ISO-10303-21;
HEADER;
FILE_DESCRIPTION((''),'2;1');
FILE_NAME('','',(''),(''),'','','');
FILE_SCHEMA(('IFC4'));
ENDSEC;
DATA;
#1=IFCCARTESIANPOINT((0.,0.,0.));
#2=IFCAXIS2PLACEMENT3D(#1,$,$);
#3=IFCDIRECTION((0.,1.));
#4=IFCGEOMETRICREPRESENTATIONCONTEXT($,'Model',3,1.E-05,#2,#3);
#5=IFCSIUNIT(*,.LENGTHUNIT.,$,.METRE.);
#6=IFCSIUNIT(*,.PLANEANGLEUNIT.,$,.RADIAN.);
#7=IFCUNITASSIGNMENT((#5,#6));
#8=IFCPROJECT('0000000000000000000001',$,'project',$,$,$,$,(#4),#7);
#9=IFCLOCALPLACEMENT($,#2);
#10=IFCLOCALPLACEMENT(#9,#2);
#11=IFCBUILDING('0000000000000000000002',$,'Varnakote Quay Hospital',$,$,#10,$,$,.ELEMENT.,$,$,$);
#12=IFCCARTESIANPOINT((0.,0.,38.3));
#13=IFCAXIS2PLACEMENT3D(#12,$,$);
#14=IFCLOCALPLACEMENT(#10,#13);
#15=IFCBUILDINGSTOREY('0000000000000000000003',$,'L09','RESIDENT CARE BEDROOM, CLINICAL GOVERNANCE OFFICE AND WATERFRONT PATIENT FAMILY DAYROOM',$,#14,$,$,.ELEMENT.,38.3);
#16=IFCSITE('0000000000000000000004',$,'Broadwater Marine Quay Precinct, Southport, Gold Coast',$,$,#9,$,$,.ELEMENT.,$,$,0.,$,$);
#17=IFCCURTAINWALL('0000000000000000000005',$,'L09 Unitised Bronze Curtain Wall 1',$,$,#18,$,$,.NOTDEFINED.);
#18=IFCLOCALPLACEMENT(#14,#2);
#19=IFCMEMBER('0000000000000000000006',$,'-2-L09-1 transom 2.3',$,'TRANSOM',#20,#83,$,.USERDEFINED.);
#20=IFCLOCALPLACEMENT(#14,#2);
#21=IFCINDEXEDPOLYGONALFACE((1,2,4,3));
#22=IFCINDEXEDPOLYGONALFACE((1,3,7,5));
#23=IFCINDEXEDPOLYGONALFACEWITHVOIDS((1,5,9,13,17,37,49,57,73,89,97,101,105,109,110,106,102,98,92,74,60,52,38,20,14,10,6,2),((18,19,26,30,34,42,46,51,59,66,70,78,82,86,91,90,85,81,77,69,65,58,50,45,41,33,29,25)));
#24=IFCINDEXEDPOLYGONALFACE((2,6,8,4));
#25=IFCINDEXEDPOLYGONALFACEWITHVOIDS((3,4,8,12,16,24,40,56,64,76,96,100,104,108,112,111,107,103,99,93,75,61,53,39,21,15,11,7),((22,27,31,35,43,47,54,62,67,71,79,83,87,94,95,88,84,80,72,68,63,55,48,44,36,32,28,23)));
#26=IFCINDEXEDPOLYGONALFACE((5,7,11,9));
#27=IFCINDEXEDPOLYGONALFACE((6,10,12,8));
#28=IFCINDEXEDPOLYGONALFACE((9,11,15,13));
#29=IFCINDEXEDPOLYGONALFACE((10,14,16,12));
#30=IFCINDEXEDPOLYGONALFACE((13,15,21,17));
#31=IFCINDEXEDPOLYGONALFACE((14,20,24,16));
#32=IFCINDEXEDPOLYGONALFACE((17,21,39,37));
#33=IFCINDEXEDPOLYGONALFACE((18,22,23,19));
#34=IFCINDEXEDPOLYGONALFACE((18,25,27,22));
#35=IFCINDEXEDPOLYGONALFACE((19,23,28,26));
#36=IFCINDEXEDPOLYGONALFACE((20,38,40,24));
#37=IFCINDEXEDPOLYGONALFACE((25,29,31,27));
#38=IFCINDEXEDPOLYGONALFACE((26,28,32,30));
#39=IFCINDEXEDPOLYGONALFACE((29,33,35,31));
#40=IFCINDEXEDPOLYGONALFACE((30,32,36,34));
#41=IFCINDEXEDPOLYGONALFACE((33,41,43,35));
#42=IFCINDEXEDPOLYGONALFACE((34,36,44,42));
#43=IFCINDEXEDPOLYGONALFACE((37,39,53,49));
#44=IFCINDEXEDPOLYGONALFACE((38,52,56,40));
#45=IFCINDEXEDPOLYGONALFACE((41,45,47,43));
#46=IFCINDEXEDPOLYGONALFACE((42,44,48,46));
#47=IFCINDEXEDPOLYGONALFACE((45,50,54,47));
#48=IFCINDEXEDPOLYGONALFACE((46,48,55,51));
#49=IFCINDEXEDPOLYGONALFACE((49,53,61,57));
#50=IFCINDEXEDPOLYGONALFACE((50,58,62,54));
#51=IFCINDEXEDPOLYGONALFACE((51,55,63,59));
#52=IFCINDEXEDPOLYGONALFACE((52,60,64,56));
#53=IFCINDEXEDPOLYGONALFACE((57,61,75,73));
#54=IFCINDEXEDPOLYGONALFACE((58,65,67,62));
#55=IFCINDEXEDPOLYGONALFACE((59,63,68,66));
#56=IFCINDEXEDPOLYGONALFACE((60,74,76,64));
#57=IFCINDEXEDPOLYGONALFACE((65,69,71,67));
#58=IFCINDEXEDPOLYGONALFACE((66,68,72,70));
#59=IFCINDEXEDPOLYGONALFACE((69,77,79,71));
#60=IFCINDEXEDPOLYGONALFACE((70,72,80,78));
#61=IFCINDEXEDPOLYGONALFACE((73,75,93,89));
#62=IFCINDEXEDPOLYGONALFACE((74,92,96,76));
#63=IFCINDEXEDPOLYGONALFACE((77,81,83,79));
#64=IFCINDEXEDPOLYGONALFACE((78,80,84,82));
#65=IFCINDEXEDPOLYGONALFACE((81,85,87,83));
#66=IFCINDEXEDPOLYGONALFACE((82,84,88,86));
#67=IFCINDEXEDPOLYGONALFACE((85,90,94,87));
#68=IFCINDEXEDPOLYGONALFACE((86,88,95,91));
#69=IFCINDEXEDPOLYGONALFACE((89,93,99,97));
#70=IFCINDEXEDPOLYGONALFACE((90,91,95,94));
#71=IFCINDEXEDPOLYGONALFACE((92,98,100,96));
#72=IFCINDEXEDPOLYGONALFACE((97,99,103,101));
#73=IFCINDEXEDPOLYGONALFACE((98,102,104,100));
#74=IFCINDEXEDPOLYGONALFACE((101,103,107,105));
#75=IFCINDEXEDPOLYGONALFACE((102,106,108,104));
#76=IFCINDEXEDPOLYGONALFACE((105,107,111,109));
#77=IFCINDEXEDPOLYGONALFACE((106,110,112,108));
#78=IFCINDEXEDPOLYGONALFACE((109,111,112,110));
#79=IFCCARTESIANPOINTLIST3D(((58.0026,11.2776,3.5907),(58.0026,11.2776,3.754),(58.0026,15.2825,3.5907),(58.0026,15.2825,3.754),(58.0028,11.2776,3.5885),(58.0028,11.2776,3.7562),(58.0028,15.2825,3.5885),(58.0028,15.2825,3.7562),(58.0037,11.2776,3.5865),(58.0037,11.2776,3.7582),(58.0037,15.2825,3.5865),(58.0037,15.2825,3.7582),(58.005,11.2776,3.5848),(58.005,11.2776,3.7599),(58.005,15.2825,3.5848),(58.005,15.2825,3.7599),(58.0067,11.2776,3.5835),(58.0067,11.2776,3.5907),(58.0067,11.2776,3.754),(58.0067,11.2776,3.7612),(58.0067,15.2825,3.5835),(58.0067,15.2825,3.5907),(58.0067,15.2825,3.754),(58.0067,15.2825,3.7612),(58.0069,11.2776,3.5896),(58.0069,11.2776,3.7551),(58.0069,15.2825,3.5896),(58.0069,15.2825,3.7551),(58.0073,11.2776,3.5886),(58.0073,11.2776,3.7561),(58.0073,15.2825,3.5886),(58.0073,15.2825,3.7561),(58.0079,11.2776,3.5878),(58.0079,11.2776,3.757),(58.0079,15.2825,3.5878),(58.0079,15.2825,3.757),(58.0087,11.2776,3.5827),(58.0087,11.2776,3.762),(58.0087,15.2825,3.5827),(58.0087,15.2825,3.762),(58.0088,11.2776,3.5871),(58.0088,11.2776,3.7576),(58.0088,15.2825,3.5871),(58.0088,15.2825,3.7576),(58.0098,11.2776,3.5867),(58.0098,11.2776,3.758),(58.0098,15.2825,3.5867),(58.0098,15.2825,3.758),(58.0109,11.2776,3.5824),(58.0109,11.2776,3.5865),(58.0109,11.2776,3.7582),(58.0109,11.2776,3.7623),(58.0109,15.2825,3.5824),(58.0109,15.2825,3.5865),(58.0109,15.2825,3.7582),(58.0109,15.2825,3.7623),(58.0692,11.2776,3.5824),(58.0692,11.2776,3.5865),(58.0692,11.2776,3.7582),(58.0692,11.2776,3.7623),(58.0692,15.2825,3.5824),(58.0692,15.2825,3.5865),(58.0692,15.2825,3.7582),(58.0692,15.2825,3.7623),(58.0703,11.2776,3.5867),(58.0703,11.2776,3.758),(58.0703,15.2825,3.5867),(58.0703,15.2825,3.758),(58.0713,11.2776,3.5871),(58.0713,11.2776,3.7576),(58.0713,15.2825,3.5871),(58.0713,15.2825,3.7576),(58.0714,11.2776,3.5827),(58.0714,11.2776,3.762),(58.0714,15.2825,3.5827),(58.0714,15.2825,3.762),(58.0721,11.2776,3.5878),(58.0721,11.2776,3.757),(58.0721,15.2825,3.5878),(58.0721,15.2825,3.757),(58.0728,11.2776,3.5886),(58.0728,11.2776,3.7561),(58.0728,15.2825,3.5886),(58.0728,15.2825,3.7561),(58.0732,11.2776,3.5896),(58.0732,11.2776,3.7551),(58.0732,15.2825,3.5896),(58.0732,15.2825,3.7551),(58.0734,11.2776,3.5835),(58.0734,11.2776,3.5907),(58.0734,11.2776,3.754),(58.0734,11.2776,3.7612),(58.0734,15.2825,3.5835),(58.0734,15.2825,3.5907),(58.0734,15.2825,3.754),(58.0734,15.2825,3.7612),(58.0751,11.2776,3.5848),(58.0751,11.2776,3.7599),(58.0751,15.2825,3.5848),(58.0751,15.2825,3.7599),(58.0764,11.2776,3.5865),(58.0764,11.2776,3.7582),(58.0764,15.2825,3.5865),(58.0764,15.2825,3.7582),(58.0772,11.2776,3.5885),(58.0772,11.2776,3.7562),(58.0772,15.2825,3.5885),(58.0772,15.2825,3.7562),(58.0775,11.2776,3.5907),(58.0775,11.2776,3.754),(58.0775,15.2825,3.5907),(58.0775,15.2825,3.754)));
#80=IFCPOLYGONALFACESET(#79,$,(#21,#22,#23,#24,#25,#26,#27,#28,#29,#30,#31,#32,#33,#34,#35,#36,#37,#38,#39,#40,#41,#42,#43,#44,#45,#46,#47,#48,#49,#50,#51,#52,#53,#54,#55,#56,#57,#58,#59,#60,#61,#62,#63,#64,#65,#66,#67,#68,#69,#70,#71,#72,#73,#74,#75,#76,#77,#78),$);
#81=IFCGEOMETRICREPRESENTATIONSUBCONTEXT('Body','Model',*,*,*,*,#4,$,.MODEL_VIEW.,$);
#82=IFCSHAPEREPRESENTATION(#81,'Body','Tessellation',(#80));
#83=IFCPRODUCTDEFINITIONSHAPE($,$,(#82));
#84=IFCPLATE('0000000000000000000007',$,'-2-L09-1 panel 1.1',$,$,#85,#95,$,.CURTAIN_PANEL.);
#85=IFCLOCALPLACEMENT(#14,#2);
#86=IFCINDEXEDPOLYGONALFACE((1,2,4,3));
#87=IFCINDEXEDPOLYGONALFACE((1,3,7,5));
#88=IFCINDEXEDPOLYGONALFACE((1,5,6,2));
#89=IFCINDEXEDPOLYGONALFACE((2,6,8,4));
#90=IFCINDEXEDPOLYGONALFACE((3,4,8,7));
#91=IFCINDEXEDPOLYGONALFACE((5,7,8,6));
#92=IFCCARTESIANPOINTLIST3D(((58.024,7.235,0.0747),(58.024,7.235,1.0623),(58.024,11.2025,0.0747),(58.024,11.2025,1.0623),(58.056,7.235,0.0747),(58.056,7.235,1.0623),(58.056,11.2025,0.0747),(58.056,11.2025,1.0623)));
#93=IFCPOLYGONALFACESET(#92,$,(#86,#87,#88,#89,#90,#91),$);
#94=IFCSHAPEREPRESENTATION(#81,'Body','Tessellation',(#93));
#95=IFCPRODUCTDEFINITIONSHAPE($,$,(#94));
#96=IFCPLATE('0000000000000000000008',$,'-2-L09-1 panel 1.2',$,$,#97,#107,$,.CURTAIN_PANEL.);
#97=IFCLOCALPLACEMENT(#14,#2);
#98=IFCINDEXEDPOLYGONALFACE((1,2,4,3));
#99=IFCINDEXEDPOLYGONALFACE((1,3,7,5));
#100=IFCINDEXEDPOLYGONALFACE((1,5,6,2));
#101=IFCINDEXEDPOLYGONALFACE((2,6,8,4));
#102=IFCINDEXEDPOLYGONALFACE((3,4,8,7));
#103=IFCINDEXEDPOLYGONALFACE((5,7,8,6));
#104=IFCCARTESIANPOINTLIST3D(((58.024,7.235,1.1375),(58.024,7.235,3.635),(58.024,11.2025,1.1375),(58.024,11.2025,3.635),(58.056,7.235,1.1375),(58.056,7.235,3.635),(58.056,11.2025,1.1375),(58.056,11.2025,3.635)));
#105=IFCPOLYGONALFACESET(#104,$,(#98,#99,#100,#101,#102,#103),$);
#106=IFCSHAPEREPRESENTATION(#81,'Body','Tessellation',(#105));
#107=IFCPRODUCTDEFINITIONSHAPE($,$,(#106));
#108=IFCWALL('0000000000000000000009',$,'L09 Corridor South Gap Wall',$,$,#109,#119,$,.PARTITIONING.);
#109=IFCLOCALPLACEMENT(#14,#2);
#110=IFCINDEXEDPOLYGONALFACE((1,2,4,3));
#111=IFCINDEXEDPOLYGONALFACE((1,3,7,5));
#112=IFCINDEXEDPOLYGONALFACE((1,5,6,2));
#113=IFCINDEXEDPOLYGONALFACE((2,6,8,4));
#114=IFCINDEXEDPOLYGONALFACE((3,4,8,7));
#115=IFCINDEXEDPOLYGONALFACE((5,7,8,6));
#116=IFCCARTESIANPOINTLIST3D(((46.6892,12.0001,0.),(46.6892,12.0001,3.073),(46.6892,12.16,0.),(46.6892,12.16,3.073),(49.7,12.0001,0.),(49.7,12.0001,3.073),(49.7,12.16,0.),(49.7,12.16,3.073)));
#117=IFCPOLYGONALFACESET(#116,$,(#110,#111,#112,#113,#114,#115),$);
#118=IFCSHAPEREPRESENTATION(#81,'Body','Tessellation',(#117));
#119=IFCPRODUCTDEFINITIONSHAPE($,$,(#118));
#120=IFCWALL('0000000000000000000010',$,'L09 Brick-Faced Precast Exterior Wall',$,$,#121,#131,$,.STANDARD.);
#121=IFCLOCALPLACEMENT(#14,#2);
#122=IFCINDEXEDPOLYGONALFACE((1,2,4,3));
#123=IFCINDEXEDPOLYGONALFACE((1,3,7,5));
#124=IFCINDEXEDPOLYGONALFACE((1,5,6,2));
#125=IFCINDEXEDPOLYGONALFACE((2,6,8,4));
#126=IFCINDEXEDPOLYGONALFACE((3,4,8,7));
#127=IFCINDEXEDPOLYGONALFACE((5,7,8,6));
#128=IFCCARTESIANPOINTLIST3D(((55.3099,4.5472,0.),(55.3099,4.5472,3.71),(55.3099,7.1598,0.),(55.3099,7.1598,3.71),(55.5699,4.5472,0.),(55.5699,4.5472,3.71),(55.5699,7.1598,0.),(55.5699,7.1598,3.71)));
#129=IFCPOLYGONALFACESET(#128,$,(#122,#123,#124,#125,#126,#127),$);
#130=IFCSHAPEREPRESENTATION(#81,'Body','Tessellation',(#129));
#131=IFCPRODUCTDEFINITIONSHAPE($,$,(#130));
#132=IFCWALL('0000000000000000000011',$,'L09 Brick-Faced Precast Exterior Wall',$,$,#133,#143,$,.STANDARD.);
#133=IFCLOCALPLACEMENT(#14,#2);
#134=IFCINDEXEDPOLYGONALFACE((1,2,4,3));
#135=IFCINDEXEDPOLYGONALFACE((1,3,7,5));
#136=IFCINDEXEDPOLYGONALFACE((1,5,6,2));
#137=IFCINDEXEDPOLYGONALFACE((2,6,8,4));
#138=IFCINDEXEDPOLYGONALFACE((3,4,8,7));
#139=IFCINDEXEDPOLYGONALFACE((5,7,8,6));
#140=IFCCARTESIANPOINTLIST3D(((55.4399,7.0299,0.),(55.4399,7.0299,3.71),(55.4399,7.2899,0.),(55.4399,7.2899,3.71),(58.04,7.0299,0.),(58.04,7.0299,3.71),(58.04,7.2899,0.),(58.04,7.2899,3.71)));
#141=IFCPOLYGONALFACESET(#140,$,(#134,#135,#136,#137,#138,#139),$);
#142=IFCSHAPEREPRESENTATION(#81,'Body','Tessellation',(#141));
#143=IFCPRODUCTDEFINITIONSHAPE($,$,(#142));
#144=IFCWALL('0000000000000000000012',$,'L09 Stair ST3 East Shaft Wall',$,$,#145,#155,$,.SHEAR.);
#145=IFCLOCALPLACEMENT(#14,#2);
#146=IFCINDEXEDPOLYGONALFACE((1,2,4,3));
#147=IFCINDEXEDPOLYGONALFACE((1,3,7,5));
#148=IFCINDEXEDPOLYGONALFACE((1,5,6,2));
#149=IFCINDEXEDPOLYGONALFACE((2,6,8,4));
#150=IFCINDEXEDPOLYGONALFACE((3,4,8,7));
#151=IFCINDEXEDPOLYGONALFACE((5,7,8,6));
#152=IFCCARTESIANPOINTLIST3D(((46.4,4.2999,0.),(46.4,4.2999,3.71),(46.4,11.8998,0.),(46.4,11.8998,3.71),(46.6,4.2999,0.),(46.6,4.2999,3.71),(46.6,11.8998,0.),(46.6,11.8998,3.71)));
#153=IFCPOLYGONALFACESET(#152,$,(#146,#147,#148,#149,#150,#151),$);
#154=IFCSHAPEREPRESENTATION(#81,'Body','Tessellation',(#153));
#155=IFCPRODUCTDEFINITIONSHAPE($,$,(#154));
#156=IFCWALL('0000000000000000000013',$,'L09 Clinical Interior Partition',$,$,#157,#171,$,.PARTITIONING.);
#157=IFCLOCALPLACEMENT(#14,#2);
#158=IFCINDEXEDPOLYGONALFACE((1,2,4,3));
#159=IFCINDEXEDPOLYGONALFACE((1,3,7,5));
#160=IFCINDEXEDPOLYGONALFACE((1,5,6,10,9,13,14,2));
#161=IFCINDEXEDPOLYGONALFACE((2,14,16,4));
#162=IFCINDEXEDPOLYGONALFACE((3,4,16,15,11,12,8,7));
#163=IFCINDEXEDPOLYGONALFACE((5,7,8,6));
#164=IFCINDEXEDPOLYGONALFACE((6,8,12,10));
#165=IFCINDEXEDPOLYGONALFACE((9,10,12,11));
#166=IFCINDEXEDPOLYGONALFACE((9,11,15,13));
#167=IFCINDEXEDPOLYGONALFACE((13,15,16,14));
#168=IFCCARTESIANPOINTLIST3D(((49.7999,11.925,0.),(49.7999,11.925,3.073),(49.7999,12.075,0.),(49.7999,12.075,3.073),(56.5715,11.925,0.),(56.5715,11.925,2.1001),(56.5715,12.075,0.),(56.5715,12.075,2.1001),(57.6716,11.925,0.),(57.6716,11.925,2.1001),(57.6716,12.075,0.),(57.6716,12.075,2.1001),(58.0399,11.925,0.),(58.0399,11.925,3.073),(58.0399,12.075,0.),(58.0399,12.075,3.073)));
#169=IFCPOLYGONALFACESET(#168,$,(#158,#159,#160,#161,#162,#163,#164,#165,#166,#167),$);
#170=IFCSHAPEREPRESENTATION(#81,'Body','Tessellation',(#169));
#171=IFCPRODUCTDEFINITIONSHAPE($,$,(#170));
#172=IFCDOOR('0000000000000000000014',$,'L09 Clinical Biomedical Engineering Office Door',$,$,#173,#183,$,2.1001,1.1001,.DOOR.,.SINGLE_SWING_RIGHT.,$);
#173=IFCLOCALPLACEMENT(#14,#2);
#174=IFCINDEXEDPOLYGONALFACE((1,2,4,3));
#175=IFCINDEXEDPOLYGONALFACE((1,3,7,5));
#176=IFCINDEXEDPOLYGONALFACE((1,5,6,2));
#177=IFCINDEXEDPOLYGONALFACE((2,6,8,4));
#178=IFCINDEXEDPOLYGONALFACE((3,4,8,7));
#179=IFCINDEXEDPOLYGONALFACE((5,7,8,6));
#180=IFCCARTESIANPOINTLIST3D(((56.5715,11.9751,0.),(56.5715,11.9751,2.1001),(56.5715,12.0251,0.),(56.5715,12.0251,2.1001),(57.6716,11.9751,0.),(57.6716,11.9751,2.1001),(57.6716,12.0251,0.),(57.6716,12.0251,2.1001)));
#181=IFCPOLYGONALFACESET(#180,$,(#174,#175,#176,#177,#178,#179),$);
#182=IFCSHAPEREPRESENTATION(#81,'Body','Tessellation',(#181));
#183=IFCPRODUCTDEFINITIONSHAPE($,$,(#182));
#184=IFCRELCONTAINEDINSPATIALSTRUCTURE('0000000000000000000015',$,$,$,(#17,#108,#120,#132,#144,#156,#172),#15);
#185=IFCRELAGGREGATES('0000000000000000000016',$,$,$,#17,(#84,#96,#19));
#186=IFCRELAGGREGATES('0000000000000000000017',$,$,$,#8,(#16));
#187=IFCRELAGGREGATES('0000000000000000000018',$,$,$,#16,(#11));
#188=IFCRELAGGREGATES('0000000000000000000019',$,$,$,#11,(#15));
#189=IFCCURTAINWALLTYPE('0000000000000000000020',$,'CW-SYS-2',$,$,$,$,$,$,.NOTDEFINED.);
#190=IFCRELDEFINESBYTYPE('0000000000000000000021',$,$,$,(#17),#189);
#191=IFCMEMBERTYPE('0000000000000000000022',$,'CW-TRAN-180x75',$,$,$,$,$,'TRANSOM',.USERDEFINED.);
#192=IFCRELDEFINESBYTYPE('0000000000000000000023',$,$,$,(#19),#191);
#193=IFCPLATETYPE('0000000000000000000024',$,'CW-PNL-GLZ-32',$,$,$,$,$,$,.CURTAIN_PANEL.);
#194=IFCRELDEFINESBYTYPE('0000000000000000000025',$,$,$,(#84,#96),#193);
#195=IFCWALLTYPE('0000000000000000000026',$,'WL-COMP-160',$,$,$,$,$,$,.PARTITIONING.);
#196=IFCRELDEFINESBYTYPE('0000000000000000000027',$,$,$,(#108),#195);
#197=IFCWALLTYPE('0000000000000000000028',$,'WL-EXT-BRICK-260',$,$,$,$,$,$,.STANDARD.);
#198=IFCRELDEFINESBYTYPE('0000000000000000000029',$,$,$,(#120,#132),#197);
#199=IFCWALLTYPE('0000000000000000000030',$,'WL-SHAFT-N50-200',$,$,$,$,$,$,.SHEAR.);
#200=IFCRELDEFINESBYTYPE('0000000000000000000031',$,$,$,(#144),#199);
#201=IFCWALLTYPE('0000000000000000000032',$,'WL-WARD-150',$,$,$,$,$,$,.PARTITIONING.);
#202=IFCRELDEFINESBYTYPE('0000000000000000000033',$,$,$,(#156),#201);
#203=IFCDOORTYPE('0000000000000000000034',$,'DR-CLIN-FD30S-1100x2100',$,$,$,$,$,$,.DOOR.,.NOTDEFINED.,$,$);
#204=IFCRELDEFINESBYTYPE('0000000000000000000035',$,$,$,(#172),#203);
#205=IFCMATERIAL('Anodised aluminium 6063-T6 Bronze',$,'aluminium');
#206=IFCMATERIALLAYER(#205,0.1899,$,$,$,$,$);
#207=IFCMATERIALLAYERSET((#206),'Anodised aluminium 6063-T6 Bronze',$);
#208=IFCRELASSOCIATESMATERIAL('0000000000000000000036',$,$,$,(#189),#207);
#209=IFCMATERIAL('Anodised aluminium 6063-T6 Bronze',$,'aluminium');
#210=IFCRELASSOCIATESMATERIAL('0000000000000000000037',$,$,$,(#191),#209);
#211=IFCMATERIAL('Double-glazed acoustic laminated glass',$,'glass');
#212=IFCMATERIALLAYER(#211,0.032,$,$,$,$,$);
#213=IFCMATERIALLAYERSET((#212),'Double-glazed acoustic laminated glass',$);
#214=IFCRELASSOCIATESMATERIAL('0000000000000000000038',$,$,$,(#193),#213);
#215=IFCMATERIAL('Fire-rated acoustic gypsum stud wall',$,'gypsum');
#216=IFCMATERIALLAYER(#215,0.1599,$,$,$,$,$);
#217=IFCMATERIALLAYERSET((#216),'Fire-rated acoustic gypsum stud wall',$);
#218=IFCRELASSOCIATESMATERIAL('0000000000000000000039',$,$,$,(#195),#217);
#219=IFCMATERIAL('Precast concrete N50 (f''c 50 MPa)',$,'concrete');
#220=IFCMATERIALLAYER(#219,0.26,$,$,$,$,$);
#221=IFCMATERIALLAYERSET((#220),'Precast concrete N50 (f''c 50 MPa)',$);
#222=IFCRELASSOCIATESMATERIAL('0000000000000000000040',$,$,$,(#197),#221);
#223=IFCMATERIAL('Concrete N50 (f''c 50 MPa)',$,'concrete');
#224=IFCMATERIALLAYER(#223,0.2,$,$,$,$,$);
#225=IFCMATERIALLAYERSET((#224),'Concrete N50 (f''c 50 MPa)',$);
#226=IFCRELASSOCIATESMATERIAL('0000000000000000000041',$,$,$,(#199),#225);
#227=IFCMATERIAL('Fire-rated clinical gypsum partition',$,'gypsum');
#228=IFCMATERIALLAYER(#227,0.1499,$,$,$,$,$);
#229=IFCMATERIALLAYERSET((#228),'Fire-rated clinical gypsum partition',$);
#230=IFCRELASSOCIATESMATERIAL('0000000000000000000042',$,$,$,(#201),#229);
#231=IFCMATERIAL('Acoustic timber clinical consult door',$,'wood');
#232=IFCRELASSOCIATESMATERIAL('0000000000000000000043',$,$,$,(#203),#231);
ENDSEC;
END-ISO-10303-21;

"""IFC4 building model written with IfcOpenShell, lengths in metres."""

from ifc_helpers import new_model, si_unit, direction, frame, frame_2d, origin, origin_2d, place, context, subcontext, project, spatial, rectangle, hollow_rectangle, extrude, material, layer, layer_set, material_profile, profile_set, type_object, element, fill, aggregate, save


model = new_model("IFC4")

# Units and contexts
model_context = context("Model", 3, precision=1e-05, world=origin(), true_north=direction((0.0, 1.0)))
body_context = subcontext(model_context, "Body", "Model", "MODEL_VIEW")
ifc_project = project(units=[si_unit("LENGTHUNIT", "METRE"), si_unit("PLANEANGLEUNIT", "RADIAN")], contexts=[model_context])

# Site, building, storey
site_placement = place(None, origin())
site = spatial("IfcSite", under=ifc_project, at=site_placement, Name="Broadwater Marine Quay Precinct, Southport, Gold Coast", CompositionType="ELEMENT", RefElevation=0.0)
building_placement = place(site_placement, origin())
building = spatial("IfcBuilding", under=site, at=building_placement, Name="Varnakote Quay Hospital", CompositionType="ELEMENT")
storey_placement = place(building_placement, frame((0.0, 0.0, 38.3)))
storey = spatial("IfcBuildingStorey", under=building, at=storey_placement, Name="L09", Description="RESIDENT CARE BEDROOM, CLINICAL GOVERNANCE OFFICE AND WATERFRONT PATIENT FAMILY DAYROOM", CompositionType="ELEMENT", Elevation=38.3)

# Curtain wall, member, plates
ifc_material_1 = material(Name="Anodised aluminium 6063-T6 Bronze", Category="aluminium")
ifc_layer_1 = layer(ifc_material_1, 0.1899)
ifc_layer_set_1 = layer_set([ifc_layer_1], Name="Anodised aluminium 6063-T6 Bronze")
curtain_wall_type = type_object("IfcCurtainWallType", Name="CW-SYS-2", PredefinedType="NOTDEFINED", material=ifc_layer_set_1)
curtain_wall_placement = place(storey_placement, origin())
curtain_wall = element("IfcCurtainWall", 1, at=curtain_wall_placement, inside=storey, type_object=curtain_wall_type, Name="L09 Unitised Bronze Curtain Wall 1", PredefinedType="NOTDEFINED")
ifc_material_2 = material(Name="Anodised aluminium 6063-T6 Bronze", Category="aluminium")
ifc_material_profile_1 = material_profile(ifc_material_2, hollow_rectangle(XDim=0.075, YDim=0.1799, WallThickness=0.0042, InnerFilletRadius=0.0042, OuterFilletRadius=0.0083, at=origin_2d()), Name="CW-TRAN-180x75")
ifc_profile_set_1 = profile_set([ifc_material_profile_1], Name="Anodised aluminium 6063-T6 Bronze")
member_type_1 = type_object("IfcMemberType", Name="CW-TRAN-180x75", ElementType="TRANSOM", PredefinedType="USERDEFINED", material=ifc_profile_set_1)
member_1_placement = place(storey_placement, frame((58.04, 11.2776, 3.6724), z_axis=(0.0, 1.0, 0.0), x_axis=(-1.0, 0.0, 0.0)))
member_1 = element("IfcMember", 2, at=member_1_placement, type_object=member_type_1, Name="-2-L09-1 transom 2.3", ObjectType="TRANSOM", PredefinedType="USERDEFINED", context=body_context, shape_type="SweptSolid", body=[
    extrude(hollow_rectangle(XDim=0.075, YDim=0.1799, WallThickness=0.0042, InnerFilletRadius=0.0042, OuterFilletRadius=0.0083, at=origin_2d()), origin(), (0.0, 0.0, 1.0), 4.0049),
])
ifc_material_3 = material(Name="Double-glazed acoustic laminated glass", Category="glass")
ifc_layer_2 = layer(ifc_material_3, 0.032)
ifc_layer_set_2 = layer_set([ifc_layer_2], Name="Double-glazed acoustic laminated glass")
plate_type = type_object("IfcPlateType", Name="CW-PNL-GLZ-32", PredefinedType="CURTAIN_PANEL", material=ifc_layer_set_2)
plate_1_placement = place(storey_placement, frame((58.04, 9.2188, 0.0747), z_axis=(0.0, 0.0, 1.0), x_axis=(0.0, 1.0, 0.0)))
plate_1 = element("IfcPlate", 3, at=plate_1_placement, type_object=plate_type, Name="-2-L09-1 panel 1.1", PredefinedType="CURTAIN_PANEL", context=body_context, shape_type="SweptSolid", body=[
    extrude(rectangle(XDim=3.9675, YDim=0.032, at=origin_2d()), origin(), (0.0, 0.0, 1.0), 0.9875),
])
plate_2_placement = place(storey_placement, frame((58.04, 9.2188, 1.1375), z_axis=(0.0, 0.0, 1.0), x_axis=(0.0, 1.0, 0.0)))
plate_2 = element("IfcPlate", 4, at=plate_2_placement, type_object=plate_type, Name="-2-L09-1 panel 1.2", PredefinedType="CURTAIN_PANEL", context=body_context, shape_type="SweptSolid", body=[
    extrude(rectangle(XDim=3.9675, YDim=0.032, at=origin_2d()), origin(), (0.0, 0.0, 1.0), 2.4976),
])
aggregate(curtain_wall, [plate_1, plate_2, member_1])

# Walls
ifc_material_4 = material(Name="Fire-rated acoustic gypsum stud wall", Category="gypsum")
ifc_layer_3 = layer(ifc_material_4, 0.1599)
ifc_layer_set_3 = layer_set([ifc_layer_3], Name="Fire-rated acoustic gypsum stud wall")
wall_type_1 = type_object("IfcWallType", Name="WL-COMP-160", PredefinedType="PARTITIONING", material=ifc_layer_set_3)
wall_1_placement = place(storey_placement, frame((46.6892, 12.0801, 0.0), z_axis=(0.0, 0.0, 1.0), x_axis=(1.0, 0.0, 0.0)))
element("IfcWall", 5, at=wall_1_placement, inside=storey, type_object=wall_type_1, Name="L09 Corridor South Gap Wall", PredefinedType="PARTITIONING", context=body_context, shape_type="SweptSolid", body=[
    extrude(rectangle(XDim=3.0107, YDim=0.1599, at=frame_2d((1.5054, 0.0))), origin(), (0.0, 0.0, 1.0), 3.073),
])
ifc_material_5 = material(Name="Precast concrete N50 (f'c 50 MPa)", Category="concrete")
ifc_layer_4 = layer(ifc_material_5, 0.26)
ifc_layer_set_4 = layer_set([ifc_layer_4], Name="Precast concrete N50 (f'c 50 MPa)")
wall_type_2 = type_object("IfcWallType", Name="WL-EXT-BRICK-260", PredefinedType="STANDARD", material=ifc_layer_set_4)
wall_2_placement = place(storey_placement, frame((55.4399, 4.5474, 0.0), z_axis=(0.0, 0.0, 1.0), x_axis=(0.0, 1.0, 0.0)))
element("IfcWall", 6, at=wall_2_placement, inside=storey, type_object=wall_type_2, Name="L09 Brick-Faced Precast Exterior Wall", PredefinedType="STANDARD", context=body_context, shape_type="SweptSolid", body=[
    extrude(rectangle(XDim=2.6125, YDim=0.26, at=frame_2d((1.3062, 0.0))), origin(), (0.0, 0.0, 1.0), 3.71),
])
wall_3_placement = place(storey_placement, frame((55.4399, 7.1599, 0.0), z_axis=(0.0, 0.0, 1.0), x_axis=(1.0, 0.0, 0.0)))
element("IfcWall", 7, at=wall_3_placement, inside=storey, type_object=wall_type_2, Name="L09 Brick-Faced Precast Exterior Wall", PredefinedType="STANDARD", context=body_context, shape_type="SweptSolid", body=[
    extrude(rectangle(XDim=2.6001, YDim=0.26, at=frame_2d((1.3, 0.0))), origin(), (0.0, 0.0, 1.0), 3.71),
])
ifc_material_6 = material(Name="Concrete N50 (f'c 50 MPa)", Category="concrete")
ifc_layer_5 = layer(ifc_material_6, 0.2)
ifc_layer_set_5 = layer_set([ifc_layer_5], Name="Concrete N50 (f'c 50 MPa)")
wall_type_3 = type_object("IfcWallType", Name="WL-SHAFT-N50-200", PredefinedType="SHEAR", material=ifc_layer_set_5)
wall_4_placement = place(storey_placement, frame((46.5, 4.3, 0.0), z_axis=(0.0, 0.0, 1.0), x_axis=(0.0, 1.0, 0.0)))
element("IfcWall", 8, at=wall_4_placement, inside=storey, type_object=wall_type_3, Name="L09 Stair ST3 East Shaft Wall", PredefinedType="SHEAR", context=body_context, shape_type="SweptSolid", body=[
    extrude(rectangle(XDim=7.5999, YDim=0.2, at=frame_2d((3.7998, 0.0))), origin(), (0.0, 0.0, 1.0), 3.71),
])

# Wall, opening, door
ifc_material_7 = material(Name="Fire-rated clinical gypsum partition", Category="gypsum")
ifc_layer_6 = layer(ifc_material_7, 0.1499)
ifc_layer_set_6 = layer_set([ifc_layer_6], Name="Fire-rated clinical gypsum partition")
wall_type_4 = type_object("IfcWallType", Name="WL-WARD-150", PredefinedType="PARTITIONING", material=ifc_layer_set_6)
wall_5_placement = place(storey_placement, frame((58.04, 12.0, 0.0), z_axis=(0.0, 0.0, 1.0), x_axis=(-1.0, 0.0, 0.0)))
wall_5 = element("IfcWall", 9, at=wall_5_placement, inside=storey, type_object=wall_type_4, Name="L09 Clinical Interior Partition", PredefinedType="PARTITIONING", context=body_context, shape_type="SweptSolid", body=[
    extrude(rectangle(XDim=8.24, YDim=0.1499, at=frame_2d((4.1201, 0.0))), origin(), (0.0, 0.0, 1.0), 3.073),
])
opening_placement = place(wall_5_placement, frame((0.3684, 0.0, 0.0)))
opening = element("IfcOpeningElement", 10, at=opening_placement, cuts=wall_5, PredefinedType="OPENING", context=body_context, shape_type="SweptSolid", body=[
    extrude(rectangle(XDim=1.1001, YDim=2.1001, at=frame_2d((0.55, 1.05))), frame((0.0, 0.085, 0.0), z_axis=(0.0, -1.0, 0.0), x_axis=(1.0, 0.0, 0.0)), (0.0, 0.0, 1.0), 0.1699),
])
ifc_material_8 = material(Name="Acoustic timber clinical consult door", Category="wood")
door_type = type_object("IfcDoorType", Name="DR-CLIN-FD30S-1100x2100", OperationType="NOTDEFINED", PredefinedType="DOOR", material=ifc_material_8)
door_placement = place(opening_placement, origin())
door = element("IfcDoor", 11, at=door_placement, inside=storey, type_object=door_type, Name="L09 Clinical Biomedical Engineering Office Door", OperationType="SINGLE_SWING_RIGHT", OverallHeight=2.1001, OverallWidth=1.1001, PredefinedType="DOOR", context=body_context, shape_type="SweptSolid", body=[
    extrude(rectangle(XDim=1.1001, YDim=2.1001, at=frame_2d((0.55, 1.05))), frame((0.0, 0.0249, 0.0), z_axis=(0.0, -1.0, 0.0), x_axis=(1.0, 0.0, 0.0)), (0.0, 0.0, 1.0), 0.05),
])
fill(opening, door)

save(model, "model.ifc")
